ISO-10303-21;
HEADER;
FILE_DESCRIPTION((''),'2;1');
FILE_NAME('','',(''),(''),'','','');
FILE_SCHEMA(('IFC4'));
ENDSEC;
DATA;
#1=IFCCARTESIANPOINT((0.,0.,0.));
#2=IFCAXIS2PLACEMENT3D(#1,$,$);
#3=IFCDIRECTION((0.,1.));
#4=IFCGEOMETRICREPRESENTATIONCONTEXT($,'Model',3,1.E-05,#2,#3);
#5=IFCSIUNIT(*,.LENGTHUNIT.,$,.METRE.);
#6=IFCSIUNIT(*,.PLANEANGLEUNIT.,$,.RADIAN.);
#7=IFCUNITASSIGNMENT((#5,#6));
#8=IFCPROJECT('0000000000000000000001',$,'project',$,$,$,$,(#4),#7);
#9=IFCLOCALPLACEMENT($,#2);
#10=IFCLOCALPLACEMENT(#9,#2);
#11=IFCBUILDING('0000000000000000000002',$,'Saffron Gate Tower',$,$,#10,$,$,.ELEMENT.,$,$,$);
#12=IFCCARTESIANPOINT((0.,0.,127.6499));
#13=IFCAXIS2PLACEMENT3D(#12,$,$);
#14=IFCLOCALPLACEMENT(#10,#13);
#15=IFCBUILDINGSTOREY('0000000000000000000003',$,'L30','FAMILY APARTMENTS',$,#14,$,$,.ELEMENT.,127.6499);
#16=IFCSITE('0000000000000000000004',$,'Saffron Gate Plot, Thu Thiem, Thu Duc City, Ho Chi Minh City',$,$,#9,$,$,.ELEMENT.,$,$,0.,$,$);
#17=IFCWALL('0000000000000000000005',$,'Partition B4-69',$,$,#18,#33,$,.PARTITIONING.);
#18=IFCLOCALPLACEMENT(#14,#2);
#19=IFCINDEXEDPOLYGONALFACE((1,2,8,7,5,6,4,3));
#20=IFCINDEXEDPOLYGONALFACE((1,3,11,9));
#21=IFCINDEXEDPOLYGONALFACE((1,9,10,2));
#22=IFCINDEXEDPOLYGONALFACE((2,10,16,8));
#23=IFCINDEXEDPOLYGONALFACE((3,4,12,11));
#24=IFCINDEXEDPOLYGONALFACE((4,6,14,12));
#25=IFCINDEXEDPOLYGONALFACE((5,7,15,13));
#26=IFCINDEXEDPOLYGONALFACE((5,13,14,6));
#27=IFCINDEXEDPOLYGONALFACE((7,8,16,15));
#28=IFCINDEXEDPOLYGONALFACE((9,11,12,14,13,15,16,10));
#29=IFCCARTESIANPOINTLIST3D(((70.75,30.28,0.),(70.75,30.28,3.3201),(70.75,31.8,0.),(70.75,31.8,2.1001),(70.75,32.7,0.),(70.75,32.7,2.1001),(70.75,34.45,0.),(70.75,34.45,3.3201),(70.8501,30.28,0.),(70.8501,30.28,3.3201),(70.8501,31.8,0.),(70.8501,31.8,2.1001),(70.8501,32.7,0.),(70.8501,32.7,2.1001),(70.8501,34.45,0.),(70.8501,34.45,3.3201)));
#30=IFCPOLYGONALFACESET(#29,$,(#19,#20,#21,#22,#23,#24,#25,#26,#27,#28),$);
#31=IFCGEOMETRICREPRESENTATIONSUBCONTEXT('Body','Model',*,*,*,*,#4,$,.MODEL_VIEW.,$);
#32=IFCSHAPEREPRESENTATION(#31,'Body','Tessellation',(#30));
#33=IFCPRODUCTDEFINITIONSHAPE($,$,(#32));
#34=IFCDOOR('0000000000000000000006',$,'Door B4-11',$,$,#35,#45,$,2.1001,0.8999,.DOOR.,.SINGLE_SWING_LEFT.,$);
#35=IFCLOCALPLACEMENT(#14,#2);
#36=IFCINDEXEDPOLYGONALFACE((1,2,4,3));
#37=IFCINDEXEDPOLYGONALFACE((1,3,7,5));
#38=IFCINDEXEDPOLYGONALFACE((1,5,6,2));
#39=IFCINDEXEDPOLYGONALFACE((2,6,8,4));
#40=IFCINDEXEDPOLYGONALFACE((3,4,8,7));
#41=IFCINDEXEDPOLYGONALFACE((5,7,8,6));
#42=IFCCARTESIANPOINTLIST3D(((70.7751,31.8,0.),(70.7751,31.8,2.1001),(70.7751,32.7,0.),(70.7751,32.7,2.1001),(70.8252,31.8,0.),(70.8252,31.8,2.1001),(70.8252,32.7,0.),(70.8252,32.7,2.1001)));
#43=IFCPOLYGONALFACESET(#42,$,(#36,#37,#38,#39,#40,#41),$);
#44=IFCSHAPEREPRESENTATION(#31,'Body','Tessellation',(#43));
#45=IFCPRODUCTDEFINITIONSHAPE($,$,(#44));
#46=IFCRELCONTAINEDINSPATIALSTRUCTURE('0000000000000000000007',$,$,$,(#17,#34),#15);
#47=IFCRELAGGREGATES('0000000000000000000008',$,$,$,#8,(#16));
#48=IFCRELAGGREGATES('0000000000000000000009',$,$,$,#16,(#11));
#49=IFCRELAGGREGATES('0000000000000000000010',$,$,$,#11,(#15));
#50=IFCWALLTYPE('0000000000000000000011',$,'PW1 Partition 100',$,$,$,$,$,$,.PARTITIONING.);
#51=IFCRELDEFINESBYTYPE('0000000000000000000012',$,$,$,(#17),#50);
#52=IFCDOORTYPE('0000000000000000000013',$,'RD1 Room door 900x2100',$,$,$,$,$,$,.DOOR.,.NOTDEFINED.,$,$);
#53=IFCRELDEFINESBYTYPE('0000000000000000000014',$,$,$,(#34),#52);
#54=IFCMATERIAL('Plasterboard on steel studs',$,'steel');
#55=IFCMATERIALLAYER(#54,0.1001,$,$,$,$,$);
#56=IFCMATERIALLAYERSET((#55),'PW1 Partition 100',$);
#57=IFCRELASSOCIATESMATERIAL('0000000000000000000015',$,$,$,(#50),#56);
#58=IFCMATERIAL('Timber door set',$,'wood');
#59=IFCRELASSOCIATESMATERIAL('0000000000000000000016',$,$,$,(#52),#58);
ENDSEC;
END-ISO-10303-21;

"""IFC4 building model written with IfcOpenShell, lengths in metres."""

from ifc_helpers import new_model, si_unit, direction, frame, frame_2d, origin, place, context, subcontext, project, spatial, rectangle, extrude, material, layer, layer_set, type_object, element, fill, save


model = new_model("IFC4")

# Units and contexts
model_context = context("Model", 3, precision=1e-05, world=origin(), true_north=direction((0.0, 1.0)))
body_context = subcontext(model_context, "Body", "Model", "MODEL_VIEW")
ifc_project = project(units=[si_unit("LENGTHUNIT", "METRE"), si_unit("PLANEANGLEUNIT", "RADIAN")], contexts=[model_context])

# Site, building, storey
site_placement = place(None, origin())
site = spatial("IfcSite", under=ifc_project, at=site_placement, Name="Saffron Gate Plot, Thu Thiem, Thu Duc City, Ho Chi Minh City", CompositionType="ELEMENT", RefElevation=0.0)
building_placement = place(site_placement, origin())
building = spatial("IfcBuilding", under=site, at=building_placement, Name="Saffron Gate Tower", CompositionType="ELEMENT")
storey_placement = place(building_placement, frame((0.0, 0.0, 127.6499)))
storey = spatial("IfcBuildingStorey", under=building, at=storey_placement, Name="L30", Description="FAMILY APARTMENTS", CompositionType="ELEMENT", Elevation=127.6499)

# Shared definitions
ifc_material_1 = material(Name="Plasterboard on steel studs", Category="steel")
ifc_layer = layer(ifc_material_1, 0.1001)
ifc_layer_set = layer_set([ifc_layer], Name="PW1 Partition 100")
wall_type = type_object("IfcWallType", Name="PW1 Partition 100", PredefinedType="PARTITIONING", material=ifc_layer_set)
ifc_material_2 = material(Name="Timber door set", Category="wood")
door_type_1 = type_object("IfcDoorType", Name="RD1 Room door 900x2100", OperationType="NOTDEFINED", PredefinedType="DOOR", material=ifc_material_2)

# Wall, opening, door
wall_1_placement = place(storey_placement, frame((70.8, 30.28, 0.0), z_axis=(0.0, 0.0, 1.0), x_axis=(0.0, 1.0, 0.0)))
wall_1 = element("IfcWall", 1, at=wall_1_placement, inside=storey, type_object=wall_type, Name="Partition B4-69", PredefinedType="PARTITIONING", context=body_context, shape_type="SweptSolid", body=[
    extrude(rectangle(XDim=4.1699, YDim=0.1001, at=frame_2d((2.085, 0.0))), origin(), (0.0, 0.0, 1.0), 3.3201),
])
opening_1_placement = place(wall_1_placement, frame((1.52, 0.0, 0.0)))
opening_1 = element("IfcOpeningElement", 2, at=opening_1_placement, cuts=wall_1, PredefinedType="OPENING", context=body_context, shape_type="SweptSolid", body=[
    extrude(rectangle(XDim=0.8999, YDim=2.1001, at=frame_2d((0.45, 1.05))), frame((0.0, 0.0601, 0.0), z_axis=(0.0, -1.0, 0.0), x_axis=(1.0, 0.0, 0.0)), (0.0, 0.0, 1.0), 0.1201),
])
door_1_placement = place(opening_1_placement, origin())
door_1 = element("IfcDoor", 3, at=door_1_placement, inside=storey, type_object=door_type_1, Name="Door B4-11", OperationType="SINGLE_SWING_LEFT", OverallHeight=2.1001, OverallWidth=0.8999, PredefinedType="DOOR", context=body_context, shape_type="SweptSolid", body=[
    extrude(rectangle(XDim=0.8999, YDim=2.1001, at=frame_2d((0.45, 1.05))), frame((0.0, 0.0249, 0.0), z_axis=(0.0, -1.0, 0.0), x_axis=(1.0, 0.0, 0.0)), (0.0, 0.0, 1.0), 0.05),
])
fill(opening_1, door_1)

save(model, "model.ifc")
